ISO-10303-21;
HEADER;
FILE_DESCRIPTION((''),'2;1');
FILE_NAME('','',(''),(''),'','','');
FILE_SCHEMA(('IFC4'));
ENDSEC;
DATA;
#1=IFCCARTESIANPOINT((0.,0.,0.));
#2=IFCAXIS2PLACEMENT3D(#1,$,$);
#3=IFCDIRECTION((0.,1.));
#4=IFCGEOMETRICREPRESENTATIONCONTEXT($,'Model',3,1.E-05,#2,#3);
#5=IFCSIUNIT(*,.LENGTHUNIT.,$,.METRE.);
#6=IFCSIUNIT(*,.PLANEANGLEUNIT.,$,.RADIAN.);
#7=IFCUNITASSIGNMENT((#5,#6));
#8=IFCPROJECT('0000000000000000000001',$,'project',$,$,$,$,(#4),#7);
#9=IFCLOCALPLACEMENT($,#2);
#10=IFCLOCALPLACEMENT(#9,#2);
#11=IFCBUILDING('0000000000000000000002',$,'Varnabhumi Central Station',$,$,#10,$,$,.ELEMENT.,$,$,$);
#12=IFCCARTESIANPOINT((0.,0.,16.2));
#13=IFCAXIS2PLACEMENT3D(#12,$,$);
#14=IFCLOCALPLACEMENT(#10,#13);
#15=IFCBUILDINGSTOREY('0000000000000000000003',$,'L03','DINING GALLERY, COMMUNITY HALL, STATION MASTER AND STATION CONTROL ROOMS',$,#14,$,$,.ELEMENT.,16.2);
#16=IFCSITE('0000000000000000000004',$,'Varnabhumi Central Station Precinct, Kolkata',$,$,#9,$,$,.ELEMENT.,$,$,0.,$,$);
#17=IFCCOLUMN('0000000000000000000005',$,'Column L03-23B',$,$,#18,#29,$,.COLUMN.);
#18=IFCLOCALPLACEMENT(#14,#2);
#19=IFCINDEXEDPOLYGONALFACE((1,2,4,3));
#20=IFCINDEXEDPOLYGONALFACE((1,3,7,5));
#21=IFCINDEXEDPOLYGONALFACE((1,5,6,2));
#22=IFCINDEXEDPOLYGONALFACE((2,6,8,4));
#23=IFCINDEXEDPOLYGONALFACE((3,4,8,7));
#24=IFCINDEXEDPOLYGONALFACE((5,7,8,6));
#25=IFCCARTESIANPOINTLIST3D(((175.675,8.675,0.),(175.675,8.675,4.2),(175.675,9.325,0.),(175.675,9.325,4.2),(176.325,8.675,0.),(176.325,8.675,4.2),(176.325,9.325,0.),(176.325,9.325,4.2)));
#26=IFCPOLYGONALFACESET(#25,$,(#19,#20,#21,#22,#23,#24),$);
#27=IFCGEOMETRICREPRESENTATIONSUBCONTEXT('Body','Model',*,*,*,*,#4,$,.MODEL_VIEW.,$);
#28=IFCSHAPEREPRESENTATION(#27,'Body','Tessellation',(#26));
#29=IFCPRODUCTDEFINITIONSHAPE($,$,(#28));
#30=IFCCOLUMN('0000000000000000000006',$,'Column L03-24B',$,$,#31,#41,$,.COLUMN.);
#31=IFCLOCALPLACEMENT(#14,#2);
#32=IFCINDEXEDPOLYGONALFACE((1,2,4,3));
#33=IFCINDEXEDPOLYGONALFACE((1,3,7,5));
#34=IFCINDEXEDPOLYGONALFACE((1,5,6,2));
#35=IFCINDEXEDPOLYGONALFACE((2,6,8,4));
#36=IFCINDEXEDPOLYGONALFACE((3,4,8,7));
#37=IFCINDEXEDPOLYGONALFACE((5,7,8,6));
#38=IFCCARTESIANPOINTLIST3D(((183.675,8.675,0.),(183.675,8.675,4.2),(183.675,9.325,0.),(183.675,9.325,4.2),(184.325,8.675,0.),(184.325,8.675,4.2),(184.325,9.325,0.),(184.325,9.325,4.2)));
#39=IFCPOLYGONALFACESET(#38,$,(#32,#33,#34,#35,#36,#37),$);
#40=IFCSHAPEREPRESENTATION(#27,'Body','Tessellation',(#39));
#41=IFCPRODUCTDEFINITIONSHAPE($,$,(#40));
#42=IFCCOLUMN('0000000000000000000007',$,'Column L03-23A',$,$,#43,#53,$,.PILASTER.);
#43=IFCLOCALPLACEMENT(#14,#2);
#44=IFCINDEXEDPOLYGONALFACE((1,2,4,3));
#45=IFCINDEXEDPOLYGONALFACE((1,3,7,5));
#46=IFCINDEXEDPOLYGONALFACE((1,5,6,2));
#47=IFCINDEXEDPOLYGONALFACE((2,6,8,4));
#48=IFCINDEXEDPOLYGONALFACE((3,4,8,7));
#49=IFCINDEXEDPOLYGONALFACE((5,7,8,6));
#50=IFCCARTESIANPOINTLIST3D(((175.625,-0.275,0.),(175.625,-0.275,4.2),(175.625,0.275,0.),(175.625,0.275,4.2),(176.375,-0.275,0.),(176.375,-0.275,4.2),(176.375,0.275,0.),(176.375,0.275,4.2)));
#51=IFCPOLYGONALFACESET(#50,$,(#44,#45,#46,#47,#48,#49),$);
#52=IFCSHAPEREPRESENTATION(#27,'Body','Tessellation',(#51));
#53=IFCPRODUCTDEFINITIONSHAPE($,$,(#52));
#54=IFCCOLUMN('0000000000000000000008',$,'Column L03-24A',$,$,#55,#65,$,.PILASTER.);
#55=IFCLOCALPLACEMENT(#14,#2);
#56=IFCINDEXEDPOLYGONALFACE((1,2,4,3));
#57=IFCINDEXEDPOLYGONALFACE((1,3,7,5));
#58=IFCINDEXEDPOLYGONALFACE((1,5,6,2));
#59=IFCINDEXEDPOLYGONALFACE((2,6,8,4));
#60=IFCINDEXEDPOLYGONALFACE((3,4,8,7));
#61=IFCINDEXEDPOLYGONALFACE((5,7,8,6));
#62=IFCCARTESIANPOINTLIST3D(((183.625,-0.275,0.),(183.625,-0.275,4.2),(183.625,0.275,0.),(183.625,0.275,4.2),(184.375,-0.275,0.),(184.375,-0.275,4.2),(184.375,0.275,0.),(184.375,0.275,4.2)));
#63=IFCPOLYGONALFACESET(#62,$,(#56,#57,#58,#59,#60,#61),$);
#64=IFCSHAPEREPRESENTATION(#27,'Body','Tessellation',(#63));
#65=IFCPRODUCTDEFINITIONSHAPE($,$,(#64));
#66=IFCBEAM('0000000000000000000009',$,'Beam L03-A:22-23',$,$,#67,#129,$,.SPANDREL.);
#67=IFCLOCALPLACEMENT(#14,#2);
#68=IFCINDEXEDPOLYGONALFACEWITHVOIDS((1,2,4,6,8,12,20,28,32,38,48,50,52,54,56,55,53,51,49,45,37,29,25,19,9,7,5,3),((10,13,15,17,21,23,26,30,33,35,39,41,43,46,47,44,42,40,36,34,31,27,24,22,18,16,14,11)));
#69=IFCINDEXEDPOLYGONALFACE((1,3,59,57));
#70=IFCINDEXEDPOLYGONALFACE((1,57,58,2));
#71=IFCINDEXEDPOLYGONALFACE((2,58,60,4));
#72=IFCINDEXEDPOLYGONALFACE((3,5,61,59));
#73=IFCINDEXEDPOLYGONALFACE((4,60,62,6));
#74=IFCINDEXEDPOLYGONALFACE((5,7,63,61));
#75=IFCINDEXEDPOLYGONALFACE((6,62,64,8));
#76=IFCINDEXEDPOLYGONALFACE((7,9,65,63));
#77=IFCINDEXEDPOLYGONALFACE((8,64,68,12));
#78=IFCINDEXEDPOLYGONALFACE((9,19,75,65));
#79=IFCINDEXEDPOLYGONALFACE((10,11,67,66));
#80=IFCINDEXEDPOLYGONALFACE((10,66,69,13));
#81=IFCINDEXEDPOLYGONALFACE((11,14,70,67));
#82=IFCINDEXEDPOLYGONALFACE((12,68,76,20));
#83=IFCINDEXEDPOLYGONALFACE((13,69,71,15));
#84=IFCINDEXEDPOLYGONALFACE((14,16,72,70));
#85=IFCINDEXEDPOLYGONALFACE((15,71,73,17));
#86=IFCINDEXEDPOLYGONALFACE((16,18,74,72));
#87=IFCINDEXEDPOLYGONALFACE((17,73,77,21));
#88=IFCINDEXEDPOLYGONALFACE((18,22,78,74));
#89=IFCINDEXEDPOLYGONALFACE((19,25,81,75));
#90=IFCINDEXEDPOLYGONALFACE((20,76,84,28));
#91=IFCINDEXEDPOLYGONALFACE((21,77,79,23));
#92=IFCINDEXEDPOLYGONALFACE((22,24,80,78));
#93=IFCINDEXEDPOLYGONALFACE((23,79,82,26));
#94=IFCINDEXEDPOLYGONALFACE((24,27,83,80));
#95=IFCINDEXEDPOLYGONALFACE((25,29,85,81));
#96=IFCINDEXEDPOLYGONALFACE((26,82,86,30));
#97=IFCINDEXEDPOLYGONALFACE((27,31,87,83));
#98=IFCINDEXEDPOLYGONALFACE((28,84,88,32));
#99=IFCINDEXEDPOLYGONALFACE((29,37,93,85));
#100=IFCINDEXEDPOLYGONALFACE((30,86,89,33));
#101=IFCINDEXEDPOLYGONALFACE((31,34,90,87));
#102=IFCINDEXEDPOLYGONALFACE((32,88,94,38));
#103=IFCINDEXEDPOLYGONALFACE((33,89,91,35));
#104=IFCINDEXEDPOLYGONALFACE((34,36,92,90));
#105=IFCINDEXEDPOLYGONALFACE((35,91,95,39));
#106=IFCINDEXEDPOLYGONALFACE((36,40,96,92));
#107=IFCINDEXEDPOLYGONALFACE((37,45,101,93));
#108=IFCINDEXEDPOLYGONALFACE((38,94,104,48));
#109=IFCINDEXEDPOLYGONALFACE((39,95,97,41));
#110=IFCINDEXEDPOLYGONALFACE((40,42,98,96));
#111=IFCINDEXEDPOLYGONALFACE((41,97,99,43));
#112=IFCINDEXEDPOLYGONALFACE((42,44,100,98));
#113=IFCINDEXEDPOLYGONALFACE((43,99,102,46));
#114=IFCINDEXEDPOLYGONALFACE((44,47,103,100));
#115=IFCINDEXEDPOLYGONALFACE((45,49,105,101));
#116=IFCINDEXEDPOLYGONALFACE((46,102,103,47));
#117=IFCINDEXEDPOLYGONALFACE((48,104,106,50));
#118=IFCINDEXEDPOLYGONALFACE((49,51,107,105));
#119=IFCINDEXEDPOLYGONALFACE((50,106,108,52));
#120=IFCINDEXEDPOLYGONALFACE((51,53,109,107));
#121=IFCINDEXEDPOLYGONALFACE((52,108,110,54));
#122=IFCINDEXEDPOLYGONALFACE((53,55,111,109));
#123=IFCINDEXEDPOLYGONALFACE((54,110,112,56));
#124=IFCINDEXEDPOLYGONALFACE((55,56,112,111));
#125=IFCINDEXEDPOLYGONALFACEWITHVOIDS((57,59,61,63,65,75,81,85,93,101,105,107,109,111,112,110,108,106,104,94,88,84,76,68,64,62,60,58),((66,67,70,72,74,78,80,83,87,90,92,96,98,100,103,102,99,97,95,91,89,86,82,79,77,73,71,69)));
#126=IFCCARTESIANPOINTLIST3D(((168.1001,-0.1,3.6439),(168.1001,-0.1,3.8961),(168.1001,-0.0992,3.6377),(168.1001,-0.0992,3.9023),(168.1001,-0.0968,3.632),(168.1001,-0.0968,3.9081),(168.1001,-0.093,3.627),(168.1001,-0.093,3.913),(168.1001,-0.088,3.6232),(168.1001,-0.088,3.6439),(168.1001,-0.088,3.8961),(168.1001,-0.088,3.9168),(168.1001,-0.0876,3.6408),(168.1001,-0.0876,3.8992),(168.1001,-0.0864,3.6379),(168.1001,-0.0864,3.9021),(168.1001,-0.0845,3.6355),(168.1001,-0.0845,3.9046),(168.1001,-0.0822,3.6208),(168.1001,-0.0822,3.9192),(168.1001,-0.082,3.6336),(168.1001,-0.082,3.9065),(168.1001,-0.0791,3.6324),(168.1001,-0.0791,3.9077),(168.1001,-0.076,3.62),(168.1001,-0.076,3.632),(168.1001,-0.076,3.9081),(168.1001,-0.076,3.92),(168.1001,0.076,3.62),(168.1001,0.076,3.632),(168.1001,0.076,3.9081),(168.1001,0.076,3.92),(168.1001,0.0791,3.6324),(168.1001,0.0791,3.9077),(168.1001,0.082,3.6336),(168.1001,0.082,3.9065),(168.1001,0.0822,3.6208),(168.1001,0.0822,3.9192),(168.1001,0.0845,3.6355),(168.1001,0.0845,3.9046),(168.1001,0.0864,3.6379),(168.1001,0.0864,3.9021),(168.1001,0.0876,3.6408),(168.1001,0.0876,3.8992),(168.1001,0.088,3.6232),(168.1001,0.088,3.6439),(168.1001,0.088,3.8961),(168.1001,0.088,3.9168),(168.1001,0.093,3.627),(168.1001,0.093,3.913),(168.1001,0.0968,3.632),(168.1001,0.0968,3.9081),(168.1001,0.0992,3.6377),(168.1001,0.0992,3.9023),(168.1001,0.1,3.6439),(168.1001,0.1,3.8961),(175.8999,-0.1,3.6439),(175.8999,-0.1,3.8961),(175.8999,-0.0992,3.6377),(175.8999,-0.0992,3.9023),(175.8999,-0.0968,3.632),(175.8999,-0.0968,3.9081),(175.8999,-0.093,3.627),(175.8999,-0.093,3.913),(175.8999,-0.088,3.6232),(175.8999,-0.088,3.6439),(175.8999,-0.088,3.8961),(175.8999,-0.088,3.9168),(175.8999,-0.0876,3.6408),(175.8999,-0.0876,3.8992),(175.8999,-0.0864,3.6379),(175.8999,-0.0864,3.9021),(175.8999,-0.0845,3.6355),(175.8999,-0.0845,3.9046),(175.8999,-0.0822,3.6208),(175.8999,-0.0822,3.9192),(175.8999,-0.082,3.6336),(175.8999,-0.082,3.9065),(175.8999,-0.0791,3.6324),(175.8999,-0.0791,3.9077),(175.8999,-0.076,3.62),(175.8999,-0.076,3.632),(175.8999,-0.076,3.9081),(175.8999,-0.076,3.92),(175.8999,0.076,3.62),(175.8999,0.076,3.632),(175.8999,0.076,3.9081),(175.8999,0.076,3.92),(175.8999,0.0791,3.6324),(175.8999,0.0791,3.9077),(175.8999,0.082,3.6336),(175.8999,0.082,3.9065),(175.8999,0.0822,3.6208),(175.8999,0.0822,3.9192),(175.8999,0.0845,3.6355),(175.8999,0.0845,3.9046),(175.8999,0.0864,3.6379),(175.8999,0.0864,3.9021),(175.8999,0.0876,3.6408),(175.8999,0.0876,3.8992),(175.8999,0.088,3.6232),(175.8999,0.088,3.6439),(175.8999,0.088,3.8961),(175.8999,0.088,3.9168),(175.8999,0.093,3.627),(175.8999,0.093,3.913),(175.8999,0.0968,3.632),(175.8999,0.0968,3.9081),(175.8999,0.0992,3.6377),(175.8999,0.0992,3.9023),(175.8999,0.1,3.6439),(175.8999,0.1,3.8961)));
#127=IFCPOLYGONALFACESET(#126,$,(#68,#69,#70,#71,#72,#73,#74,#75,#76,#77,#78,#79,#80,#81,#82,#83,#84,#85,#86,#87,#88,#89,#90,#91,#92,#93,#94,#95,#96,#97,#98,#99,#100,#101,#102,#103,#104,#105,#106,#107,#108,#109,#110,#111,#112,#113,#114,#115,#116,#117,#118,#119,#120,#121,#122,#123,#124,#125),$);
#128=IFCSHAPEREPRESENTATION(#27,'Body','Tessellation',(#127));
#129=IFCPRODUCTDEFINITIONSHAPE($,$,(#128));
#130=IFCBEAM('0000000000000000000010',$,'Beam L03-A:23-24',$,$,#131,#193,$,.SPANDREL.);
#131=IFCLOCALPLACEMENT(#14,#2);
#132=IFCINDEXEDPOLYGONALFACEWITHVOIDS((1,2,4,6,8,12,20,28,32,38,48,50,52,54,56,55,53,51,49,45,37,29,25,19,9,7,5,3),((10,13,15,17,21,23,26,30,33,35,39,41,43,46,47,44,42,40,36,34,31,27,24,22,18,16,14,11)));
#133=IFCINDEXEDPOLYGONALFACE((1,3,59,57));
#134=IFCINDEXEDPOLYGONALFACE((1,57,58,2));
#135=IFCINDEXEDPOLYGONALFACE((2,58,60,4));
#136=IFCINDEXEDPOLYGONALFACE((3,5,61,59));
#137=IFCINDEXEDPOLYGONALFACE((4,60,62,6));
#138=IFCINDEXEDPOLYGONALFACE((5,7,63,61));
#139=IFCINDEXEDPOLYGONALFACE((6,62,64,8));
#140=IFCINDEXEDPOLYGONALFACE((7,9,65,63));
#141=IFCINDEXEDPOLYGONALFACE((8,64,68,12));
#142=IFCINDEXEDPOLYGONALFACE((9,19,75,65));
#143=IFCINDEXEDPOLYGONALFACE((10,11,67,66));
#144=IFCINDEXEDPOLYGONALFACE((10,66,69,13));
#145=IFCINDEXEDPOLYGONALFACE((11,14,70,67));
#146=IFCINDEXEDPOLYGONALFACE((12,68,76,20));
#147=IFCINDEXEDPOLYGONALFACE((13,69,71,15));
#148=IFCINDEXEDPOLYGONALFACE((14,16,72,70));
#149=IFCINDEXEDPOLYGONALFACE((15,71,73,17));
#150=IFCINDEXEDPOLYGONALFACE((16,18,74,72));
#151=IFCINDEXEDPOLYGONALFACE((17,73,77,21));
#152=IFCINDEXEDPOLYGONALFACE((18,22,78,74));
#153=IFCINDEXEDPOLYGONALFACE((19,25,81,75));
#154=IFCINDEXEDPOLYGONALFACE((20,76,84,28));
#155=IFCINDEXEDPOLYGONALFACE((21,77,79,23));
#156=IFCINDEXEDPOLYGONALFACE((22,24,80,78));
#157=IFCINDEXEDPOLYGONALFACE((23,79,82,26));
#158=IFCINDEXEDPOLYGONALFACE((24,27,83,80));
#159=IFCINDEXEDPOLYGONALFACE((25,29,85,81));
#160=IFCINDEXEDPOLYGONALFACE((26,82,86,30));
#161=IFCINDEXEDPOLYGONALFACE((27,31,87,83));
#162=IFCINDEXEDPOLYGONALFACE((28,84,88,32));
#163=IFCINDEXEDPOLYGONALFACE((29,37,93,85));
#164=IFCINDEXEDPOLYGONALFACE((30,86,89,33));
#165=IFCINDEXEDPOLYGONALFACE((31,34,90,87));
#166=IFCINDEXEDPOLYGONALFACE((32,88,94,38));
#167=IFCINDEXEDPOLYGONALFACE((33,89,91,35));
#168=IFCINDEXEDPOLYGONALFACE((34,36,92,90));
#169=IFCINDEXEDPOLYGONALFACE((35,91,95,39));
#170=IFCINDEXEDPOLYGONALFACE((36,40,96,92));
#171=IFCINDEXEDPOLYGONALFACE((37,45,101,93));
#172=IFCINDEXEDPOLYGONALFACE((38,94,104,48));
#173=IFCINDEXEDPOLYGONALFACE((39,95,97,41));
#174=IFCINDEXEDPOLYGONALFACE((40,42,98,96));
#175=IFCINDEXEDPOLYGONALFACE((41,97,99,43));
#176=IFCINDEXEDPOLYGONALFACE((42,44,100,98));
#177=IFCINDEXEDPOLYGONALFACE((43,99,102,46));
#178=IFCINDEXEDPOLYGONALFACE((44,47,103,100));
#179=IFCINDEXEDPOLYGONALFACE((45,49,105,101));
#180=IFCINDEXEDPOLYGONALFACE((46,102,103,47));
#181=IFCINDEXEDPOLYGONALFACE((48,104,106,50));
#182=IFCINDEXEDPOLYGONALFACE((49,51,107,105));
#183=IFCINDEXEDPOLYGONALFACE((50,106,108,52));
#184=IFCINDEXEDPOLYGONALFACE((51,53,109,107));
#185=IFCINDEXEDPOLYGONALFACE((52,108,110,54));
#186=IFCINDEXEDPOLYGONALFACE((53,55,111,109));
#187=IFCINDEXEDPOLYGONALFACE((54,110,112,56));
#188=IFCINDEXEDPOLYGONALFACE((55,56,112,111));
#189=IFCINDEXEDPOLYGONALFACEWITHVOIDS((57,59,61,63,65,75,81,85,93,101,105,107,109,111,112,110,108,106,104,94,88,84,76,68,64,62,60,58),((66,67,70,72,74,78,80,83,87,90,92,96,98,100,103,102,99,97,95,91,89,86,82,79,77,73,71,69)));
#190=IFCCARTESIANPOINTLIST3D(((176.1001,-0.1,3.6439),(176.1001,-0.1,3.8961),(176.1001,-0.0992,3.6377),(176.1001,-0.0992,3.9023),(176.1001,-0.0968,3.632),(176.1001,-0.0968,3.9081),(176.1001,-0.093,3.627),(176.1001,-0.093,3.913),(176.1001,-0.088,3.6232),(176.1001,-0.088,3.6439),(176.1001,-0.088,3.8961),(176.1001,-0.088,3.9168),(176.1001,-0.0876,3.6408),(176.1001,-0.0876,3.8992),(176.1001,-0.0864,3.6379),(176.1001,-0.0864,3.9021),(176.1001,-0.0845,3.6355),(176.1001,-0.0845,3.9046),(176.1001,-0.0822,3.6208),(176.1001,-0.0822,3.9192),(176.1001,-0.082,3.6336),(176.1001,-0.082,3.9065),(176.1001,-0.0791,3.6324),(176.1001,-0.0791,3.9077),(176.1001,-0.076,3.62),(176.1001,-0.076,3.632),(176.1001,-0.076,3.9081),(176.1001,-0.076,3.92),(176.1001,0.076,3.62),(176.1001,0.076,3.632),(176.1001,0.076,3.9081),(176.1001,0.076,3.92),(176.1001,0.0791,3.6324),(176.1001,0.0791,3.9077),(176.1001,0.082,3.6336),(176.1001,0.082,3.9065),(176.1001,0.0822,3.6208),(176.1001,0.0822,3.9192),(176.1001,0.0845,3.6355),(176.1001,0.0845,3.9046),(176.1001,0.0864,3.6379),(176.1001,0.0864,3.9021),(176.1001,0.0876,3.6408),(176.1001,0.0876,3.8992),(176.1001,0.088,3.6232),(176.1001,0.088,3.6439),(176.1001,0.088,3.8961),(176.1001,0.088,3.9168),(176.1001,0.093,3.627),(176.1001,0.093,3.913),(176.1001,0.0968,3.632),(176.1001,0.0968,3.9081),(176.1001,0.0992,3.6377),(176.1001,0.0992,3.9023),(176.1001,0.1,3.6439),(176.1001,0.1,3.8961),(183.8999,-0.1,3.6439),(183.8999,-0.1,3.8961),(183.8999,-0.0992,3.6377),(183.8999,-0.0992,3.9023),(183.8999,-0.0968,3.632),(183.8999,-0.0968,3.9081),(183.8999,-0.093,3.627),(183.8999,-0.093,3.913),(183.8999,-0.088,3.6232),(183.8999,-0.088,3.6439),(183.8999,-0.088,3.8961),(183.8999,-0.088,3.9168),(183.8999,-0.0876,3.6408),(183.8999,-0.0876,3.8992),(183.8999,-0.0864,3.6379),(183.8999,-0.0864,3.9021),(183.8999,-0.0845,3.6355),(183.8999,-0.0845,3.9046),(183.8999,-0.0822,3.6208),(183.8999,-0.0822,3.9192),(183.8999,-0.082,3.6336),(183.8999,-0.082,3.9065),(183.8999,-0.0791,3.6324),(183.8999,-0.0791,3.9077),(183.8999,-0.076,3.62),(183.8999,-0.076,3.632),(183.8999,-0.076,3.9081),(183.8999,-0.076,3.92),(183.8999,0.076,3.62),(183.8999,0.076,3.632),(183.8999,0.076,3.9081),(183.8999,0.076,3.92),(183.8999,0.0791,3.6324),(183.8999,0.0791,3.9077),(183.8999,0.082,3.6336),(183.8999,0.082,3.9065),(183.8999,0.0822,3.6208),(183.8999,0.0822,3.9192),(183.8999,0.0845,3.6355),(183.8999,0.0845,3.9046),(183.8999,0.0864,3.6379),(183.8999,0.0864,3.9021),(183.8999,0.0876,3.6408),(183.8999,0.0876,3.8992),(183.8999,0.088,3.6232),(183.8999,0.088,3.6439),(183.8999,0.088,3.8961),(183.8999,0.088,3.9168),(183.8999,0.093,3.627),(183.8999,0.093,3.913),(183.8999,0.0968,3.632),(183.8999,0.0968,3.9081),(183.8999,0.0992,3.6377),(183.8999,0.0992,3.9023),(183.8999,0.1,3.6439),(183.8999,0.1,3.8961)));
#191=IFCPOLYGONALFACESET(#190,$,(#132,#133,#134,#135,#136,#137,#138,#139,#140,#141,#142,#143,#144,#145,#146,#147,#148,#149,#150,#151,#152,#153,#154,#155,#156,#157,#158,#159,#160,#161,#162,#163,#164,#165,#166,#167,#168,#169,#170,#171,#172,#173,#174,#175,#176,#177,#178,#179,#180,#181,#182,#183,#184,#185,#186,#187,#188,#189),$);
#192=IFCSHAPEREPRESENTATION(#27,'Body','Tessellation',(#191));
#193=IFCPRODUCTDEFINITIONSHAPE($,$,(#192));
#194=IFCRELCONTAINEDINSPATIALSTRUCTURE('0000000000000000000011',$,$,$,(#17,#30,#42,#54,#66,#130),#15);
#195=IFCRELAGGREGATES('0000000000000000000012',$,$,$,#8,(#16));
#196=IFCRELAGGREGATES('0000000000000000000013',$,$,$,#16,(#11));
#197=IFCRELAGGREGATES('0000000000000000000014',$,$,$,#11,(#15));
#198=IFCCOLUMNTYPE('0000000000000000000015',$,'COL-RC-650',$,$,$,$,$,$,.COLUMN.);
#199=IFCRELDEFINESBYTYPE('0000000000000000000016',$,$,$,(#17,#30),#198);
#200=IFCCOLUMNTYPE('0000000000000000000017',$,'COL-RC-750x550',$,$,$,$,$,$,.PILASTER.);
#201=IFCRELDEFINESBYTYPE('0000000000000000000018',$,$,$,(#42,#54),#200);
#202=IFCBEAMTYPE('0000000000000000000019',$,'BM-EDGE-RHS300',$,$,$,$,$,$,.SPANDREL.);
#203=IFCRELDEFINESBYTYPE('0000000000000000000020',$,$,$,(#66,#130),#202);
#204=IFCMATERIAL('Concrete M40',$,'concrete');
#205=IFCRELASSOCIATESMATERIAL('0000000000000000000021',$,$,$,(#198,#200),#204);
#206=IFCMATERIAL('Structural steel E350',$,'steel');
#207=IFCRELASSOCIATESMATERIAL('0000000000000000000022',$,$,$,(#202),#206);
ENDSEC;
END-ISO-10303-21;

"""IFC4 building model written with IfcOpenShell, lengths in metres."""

from ifc_helpers import new_model, si_unit, direction, frame, origin, origin_2d, place, context, subcontext, project, spatial, rectangle, hollow_rectangle, extrude, material, material_profile, profile_set, type_object, element, save


model = new_model("IFC4")

# Units and contexts
model_context = context("Model", 3, precision=1e-05, world=origin(), true_north=direction((0.0, 1.0)))
body_context = subcontext(model_context, "Body", "Model", "MODEL_VIEW")
ifc_project = project(units=[si_unit("LENGTHUNIT", "METRE"), si_unit("PLANEANGLEUNIT", "RADIAN")], contexts=[model_context])

# Site, building, storey
site_placement = place(None, origin())
site = spatial("IfcSite", under=ifc_project, at=site_placement, Name="Varnabhumi Central Station Precinct, Kolkata", CompositionType="ELEMENT", RefElevation=0.0)
building_placement = place(site_placement, origin())
building = spatial("IfcBuilding", under=site, at=building_placement, Name="Varnabhumi Central Station", CompositionType="ELEMENT")
storey_placement = place(building_placement, frame((0.0, 0.0, 16.2)))
storey = spatial("IfcBuildingStorey", under=building, at=storey_placement, Name="L03", Description="DINING GALLERY, COMMUNITY HALL, STATION MASTER AND STATION CONTROL ROOMS", CompositionType="ELEMENT", Elevation=16.2)

# Columns
ifc_material_1 = material(Name="Concrete M40", Category="concrete")
ifc_material_profile_1 = material_profile(ifc_material_1, rectangle(XDim=0.6499, YDim=0.6499, at=origin_2d()), Name="Concrete M40", Category="concrete")
ifc_profile_set_1 = profile_set([ifc_material_profile_1], Name="Concrete M40")
column_type_1 = type_object("IfcColumnType", Name="COL-RC-650", PredefinedType="COLUMN", material=ifc_profile_set_1)
for number, where, z_axis, x_axis, name in (
    (1, (176.0, 9.0, 0.0), (0.0, 0.0, 1.0), (1.0, 0.0, 0.0), "Column L03-23B"),
    (2, (184.0, 9.0, 0.0), (0.0, 0.0, 1.0), (1.0, 0.0, 0.0), "Column L03-24B"),
):
    element("IfcColumn", number, at=place(storey_placement, frame(where, z_axis=z_axis, x_axis=x_axis)), inside=storey, type_object=column_type_1, Name=name, PredefinedType="COLUMN", context=body_context, shape_type="SweptSolid", body=[
        extrude(rectangle(XDim=0.6499, YDim=0.6499, at=origin_2d()), origin(), (0.0, 0.0, 1.0), 4.2),
    ])
ifc_material_profile_2 = material_profile(ifc_material_1, rectangle(XDim=0.75, YDim=0.55, at=origin_2d()), Name="Concrete M40", Category="concrete")
ifc_profile_set_2 = profile_set([ifc_material_profile_2], Name="Concrete M40")
column_type_2 = type_object("IfcColumnType", Name="COL-RC-750x550", PredefinedType="PILASTER", material=ifc_profile_set_2)
for number, where, z_axis, x_axis, name in (
    (3, (176.0, 0.0, 0.0), (0.0, 0.0, 1.0), (1.0, 0.0, 0.0), "Column L03-23A"),
    (4, (184.0, 0.0, 0.0), (0.0, 0.0, 1.0), (1.0, 0.0, 0.0), "Column L03-24A"),
):
    element("IfcColumn", number, at=place(storey_placement, frame(where, z_axis=z_axis, x_axis=x_axis)), inside=storey, type_object=column_type_2, Name=name, PredefinedType="PILASTER", context=body_context, shape_type="SweptSolid", body=[
        extrude(rectangle(XDim=0.75, YDim=0.55, at=origin_2d()), origin(), (0.0, 0.0, 1.0), 4.2),
    ])

# Beams
ifc_material_2 = material(Name="Structural steel E350", Category="steel")
ifc_material_profile_3 = material_profile(ifc_material_2, hollow_rectangle(XDim=0.2, YDim=0.3, WallThickness=0.012, InnerFilletRadius=0.012, OuterFilletRadius=0.0239, at=origin_2d()), Name="Structural steel E350", Category="steel")
ifc_profile_set_3 = profile_set([ifc_material_profile_3], Name="Structural steel E350")
beam_type_1 = type_object("IfcBeamType", Name="BM-EDGE-RHS300", PredefinedType="SPANDREL", material=ifc_profile_set_3)
for number, where, z_axis, x_axis, name in (
    (5, (168.1001, 0.0, 3.77), (1.0, 0.0, 0.0), (0.0, 1.0, 0.0), "Beam L03-A:22-23"),
    (6, (176.1001, 0.0, 3.77), (1.0, 0.0, 0.0), (0.0, 1.0, 0.0), "Beam L03-A:23-24"),
):
    element("IfcBeam", number, at=place(storey_placement, frame(where, z_axis=z_axis, x_axis=x_axis)), inside=storey, type_object=beam_type_1, Name=name, PredefinedType="SPANDREL", context=body_context, shape_type="SweptSolid", body=[
        extrude(hollow_rectangle(XDim=0.2, YDim=0.3, WallThickness=0.012, InnerFilletRadius=0.012, OuterFilletRadius=0.0239, at=origin_2d()), origin(), (0.0, 0.0, 1.0), 7.7998),
    ])

save(model, "model.ifc")
